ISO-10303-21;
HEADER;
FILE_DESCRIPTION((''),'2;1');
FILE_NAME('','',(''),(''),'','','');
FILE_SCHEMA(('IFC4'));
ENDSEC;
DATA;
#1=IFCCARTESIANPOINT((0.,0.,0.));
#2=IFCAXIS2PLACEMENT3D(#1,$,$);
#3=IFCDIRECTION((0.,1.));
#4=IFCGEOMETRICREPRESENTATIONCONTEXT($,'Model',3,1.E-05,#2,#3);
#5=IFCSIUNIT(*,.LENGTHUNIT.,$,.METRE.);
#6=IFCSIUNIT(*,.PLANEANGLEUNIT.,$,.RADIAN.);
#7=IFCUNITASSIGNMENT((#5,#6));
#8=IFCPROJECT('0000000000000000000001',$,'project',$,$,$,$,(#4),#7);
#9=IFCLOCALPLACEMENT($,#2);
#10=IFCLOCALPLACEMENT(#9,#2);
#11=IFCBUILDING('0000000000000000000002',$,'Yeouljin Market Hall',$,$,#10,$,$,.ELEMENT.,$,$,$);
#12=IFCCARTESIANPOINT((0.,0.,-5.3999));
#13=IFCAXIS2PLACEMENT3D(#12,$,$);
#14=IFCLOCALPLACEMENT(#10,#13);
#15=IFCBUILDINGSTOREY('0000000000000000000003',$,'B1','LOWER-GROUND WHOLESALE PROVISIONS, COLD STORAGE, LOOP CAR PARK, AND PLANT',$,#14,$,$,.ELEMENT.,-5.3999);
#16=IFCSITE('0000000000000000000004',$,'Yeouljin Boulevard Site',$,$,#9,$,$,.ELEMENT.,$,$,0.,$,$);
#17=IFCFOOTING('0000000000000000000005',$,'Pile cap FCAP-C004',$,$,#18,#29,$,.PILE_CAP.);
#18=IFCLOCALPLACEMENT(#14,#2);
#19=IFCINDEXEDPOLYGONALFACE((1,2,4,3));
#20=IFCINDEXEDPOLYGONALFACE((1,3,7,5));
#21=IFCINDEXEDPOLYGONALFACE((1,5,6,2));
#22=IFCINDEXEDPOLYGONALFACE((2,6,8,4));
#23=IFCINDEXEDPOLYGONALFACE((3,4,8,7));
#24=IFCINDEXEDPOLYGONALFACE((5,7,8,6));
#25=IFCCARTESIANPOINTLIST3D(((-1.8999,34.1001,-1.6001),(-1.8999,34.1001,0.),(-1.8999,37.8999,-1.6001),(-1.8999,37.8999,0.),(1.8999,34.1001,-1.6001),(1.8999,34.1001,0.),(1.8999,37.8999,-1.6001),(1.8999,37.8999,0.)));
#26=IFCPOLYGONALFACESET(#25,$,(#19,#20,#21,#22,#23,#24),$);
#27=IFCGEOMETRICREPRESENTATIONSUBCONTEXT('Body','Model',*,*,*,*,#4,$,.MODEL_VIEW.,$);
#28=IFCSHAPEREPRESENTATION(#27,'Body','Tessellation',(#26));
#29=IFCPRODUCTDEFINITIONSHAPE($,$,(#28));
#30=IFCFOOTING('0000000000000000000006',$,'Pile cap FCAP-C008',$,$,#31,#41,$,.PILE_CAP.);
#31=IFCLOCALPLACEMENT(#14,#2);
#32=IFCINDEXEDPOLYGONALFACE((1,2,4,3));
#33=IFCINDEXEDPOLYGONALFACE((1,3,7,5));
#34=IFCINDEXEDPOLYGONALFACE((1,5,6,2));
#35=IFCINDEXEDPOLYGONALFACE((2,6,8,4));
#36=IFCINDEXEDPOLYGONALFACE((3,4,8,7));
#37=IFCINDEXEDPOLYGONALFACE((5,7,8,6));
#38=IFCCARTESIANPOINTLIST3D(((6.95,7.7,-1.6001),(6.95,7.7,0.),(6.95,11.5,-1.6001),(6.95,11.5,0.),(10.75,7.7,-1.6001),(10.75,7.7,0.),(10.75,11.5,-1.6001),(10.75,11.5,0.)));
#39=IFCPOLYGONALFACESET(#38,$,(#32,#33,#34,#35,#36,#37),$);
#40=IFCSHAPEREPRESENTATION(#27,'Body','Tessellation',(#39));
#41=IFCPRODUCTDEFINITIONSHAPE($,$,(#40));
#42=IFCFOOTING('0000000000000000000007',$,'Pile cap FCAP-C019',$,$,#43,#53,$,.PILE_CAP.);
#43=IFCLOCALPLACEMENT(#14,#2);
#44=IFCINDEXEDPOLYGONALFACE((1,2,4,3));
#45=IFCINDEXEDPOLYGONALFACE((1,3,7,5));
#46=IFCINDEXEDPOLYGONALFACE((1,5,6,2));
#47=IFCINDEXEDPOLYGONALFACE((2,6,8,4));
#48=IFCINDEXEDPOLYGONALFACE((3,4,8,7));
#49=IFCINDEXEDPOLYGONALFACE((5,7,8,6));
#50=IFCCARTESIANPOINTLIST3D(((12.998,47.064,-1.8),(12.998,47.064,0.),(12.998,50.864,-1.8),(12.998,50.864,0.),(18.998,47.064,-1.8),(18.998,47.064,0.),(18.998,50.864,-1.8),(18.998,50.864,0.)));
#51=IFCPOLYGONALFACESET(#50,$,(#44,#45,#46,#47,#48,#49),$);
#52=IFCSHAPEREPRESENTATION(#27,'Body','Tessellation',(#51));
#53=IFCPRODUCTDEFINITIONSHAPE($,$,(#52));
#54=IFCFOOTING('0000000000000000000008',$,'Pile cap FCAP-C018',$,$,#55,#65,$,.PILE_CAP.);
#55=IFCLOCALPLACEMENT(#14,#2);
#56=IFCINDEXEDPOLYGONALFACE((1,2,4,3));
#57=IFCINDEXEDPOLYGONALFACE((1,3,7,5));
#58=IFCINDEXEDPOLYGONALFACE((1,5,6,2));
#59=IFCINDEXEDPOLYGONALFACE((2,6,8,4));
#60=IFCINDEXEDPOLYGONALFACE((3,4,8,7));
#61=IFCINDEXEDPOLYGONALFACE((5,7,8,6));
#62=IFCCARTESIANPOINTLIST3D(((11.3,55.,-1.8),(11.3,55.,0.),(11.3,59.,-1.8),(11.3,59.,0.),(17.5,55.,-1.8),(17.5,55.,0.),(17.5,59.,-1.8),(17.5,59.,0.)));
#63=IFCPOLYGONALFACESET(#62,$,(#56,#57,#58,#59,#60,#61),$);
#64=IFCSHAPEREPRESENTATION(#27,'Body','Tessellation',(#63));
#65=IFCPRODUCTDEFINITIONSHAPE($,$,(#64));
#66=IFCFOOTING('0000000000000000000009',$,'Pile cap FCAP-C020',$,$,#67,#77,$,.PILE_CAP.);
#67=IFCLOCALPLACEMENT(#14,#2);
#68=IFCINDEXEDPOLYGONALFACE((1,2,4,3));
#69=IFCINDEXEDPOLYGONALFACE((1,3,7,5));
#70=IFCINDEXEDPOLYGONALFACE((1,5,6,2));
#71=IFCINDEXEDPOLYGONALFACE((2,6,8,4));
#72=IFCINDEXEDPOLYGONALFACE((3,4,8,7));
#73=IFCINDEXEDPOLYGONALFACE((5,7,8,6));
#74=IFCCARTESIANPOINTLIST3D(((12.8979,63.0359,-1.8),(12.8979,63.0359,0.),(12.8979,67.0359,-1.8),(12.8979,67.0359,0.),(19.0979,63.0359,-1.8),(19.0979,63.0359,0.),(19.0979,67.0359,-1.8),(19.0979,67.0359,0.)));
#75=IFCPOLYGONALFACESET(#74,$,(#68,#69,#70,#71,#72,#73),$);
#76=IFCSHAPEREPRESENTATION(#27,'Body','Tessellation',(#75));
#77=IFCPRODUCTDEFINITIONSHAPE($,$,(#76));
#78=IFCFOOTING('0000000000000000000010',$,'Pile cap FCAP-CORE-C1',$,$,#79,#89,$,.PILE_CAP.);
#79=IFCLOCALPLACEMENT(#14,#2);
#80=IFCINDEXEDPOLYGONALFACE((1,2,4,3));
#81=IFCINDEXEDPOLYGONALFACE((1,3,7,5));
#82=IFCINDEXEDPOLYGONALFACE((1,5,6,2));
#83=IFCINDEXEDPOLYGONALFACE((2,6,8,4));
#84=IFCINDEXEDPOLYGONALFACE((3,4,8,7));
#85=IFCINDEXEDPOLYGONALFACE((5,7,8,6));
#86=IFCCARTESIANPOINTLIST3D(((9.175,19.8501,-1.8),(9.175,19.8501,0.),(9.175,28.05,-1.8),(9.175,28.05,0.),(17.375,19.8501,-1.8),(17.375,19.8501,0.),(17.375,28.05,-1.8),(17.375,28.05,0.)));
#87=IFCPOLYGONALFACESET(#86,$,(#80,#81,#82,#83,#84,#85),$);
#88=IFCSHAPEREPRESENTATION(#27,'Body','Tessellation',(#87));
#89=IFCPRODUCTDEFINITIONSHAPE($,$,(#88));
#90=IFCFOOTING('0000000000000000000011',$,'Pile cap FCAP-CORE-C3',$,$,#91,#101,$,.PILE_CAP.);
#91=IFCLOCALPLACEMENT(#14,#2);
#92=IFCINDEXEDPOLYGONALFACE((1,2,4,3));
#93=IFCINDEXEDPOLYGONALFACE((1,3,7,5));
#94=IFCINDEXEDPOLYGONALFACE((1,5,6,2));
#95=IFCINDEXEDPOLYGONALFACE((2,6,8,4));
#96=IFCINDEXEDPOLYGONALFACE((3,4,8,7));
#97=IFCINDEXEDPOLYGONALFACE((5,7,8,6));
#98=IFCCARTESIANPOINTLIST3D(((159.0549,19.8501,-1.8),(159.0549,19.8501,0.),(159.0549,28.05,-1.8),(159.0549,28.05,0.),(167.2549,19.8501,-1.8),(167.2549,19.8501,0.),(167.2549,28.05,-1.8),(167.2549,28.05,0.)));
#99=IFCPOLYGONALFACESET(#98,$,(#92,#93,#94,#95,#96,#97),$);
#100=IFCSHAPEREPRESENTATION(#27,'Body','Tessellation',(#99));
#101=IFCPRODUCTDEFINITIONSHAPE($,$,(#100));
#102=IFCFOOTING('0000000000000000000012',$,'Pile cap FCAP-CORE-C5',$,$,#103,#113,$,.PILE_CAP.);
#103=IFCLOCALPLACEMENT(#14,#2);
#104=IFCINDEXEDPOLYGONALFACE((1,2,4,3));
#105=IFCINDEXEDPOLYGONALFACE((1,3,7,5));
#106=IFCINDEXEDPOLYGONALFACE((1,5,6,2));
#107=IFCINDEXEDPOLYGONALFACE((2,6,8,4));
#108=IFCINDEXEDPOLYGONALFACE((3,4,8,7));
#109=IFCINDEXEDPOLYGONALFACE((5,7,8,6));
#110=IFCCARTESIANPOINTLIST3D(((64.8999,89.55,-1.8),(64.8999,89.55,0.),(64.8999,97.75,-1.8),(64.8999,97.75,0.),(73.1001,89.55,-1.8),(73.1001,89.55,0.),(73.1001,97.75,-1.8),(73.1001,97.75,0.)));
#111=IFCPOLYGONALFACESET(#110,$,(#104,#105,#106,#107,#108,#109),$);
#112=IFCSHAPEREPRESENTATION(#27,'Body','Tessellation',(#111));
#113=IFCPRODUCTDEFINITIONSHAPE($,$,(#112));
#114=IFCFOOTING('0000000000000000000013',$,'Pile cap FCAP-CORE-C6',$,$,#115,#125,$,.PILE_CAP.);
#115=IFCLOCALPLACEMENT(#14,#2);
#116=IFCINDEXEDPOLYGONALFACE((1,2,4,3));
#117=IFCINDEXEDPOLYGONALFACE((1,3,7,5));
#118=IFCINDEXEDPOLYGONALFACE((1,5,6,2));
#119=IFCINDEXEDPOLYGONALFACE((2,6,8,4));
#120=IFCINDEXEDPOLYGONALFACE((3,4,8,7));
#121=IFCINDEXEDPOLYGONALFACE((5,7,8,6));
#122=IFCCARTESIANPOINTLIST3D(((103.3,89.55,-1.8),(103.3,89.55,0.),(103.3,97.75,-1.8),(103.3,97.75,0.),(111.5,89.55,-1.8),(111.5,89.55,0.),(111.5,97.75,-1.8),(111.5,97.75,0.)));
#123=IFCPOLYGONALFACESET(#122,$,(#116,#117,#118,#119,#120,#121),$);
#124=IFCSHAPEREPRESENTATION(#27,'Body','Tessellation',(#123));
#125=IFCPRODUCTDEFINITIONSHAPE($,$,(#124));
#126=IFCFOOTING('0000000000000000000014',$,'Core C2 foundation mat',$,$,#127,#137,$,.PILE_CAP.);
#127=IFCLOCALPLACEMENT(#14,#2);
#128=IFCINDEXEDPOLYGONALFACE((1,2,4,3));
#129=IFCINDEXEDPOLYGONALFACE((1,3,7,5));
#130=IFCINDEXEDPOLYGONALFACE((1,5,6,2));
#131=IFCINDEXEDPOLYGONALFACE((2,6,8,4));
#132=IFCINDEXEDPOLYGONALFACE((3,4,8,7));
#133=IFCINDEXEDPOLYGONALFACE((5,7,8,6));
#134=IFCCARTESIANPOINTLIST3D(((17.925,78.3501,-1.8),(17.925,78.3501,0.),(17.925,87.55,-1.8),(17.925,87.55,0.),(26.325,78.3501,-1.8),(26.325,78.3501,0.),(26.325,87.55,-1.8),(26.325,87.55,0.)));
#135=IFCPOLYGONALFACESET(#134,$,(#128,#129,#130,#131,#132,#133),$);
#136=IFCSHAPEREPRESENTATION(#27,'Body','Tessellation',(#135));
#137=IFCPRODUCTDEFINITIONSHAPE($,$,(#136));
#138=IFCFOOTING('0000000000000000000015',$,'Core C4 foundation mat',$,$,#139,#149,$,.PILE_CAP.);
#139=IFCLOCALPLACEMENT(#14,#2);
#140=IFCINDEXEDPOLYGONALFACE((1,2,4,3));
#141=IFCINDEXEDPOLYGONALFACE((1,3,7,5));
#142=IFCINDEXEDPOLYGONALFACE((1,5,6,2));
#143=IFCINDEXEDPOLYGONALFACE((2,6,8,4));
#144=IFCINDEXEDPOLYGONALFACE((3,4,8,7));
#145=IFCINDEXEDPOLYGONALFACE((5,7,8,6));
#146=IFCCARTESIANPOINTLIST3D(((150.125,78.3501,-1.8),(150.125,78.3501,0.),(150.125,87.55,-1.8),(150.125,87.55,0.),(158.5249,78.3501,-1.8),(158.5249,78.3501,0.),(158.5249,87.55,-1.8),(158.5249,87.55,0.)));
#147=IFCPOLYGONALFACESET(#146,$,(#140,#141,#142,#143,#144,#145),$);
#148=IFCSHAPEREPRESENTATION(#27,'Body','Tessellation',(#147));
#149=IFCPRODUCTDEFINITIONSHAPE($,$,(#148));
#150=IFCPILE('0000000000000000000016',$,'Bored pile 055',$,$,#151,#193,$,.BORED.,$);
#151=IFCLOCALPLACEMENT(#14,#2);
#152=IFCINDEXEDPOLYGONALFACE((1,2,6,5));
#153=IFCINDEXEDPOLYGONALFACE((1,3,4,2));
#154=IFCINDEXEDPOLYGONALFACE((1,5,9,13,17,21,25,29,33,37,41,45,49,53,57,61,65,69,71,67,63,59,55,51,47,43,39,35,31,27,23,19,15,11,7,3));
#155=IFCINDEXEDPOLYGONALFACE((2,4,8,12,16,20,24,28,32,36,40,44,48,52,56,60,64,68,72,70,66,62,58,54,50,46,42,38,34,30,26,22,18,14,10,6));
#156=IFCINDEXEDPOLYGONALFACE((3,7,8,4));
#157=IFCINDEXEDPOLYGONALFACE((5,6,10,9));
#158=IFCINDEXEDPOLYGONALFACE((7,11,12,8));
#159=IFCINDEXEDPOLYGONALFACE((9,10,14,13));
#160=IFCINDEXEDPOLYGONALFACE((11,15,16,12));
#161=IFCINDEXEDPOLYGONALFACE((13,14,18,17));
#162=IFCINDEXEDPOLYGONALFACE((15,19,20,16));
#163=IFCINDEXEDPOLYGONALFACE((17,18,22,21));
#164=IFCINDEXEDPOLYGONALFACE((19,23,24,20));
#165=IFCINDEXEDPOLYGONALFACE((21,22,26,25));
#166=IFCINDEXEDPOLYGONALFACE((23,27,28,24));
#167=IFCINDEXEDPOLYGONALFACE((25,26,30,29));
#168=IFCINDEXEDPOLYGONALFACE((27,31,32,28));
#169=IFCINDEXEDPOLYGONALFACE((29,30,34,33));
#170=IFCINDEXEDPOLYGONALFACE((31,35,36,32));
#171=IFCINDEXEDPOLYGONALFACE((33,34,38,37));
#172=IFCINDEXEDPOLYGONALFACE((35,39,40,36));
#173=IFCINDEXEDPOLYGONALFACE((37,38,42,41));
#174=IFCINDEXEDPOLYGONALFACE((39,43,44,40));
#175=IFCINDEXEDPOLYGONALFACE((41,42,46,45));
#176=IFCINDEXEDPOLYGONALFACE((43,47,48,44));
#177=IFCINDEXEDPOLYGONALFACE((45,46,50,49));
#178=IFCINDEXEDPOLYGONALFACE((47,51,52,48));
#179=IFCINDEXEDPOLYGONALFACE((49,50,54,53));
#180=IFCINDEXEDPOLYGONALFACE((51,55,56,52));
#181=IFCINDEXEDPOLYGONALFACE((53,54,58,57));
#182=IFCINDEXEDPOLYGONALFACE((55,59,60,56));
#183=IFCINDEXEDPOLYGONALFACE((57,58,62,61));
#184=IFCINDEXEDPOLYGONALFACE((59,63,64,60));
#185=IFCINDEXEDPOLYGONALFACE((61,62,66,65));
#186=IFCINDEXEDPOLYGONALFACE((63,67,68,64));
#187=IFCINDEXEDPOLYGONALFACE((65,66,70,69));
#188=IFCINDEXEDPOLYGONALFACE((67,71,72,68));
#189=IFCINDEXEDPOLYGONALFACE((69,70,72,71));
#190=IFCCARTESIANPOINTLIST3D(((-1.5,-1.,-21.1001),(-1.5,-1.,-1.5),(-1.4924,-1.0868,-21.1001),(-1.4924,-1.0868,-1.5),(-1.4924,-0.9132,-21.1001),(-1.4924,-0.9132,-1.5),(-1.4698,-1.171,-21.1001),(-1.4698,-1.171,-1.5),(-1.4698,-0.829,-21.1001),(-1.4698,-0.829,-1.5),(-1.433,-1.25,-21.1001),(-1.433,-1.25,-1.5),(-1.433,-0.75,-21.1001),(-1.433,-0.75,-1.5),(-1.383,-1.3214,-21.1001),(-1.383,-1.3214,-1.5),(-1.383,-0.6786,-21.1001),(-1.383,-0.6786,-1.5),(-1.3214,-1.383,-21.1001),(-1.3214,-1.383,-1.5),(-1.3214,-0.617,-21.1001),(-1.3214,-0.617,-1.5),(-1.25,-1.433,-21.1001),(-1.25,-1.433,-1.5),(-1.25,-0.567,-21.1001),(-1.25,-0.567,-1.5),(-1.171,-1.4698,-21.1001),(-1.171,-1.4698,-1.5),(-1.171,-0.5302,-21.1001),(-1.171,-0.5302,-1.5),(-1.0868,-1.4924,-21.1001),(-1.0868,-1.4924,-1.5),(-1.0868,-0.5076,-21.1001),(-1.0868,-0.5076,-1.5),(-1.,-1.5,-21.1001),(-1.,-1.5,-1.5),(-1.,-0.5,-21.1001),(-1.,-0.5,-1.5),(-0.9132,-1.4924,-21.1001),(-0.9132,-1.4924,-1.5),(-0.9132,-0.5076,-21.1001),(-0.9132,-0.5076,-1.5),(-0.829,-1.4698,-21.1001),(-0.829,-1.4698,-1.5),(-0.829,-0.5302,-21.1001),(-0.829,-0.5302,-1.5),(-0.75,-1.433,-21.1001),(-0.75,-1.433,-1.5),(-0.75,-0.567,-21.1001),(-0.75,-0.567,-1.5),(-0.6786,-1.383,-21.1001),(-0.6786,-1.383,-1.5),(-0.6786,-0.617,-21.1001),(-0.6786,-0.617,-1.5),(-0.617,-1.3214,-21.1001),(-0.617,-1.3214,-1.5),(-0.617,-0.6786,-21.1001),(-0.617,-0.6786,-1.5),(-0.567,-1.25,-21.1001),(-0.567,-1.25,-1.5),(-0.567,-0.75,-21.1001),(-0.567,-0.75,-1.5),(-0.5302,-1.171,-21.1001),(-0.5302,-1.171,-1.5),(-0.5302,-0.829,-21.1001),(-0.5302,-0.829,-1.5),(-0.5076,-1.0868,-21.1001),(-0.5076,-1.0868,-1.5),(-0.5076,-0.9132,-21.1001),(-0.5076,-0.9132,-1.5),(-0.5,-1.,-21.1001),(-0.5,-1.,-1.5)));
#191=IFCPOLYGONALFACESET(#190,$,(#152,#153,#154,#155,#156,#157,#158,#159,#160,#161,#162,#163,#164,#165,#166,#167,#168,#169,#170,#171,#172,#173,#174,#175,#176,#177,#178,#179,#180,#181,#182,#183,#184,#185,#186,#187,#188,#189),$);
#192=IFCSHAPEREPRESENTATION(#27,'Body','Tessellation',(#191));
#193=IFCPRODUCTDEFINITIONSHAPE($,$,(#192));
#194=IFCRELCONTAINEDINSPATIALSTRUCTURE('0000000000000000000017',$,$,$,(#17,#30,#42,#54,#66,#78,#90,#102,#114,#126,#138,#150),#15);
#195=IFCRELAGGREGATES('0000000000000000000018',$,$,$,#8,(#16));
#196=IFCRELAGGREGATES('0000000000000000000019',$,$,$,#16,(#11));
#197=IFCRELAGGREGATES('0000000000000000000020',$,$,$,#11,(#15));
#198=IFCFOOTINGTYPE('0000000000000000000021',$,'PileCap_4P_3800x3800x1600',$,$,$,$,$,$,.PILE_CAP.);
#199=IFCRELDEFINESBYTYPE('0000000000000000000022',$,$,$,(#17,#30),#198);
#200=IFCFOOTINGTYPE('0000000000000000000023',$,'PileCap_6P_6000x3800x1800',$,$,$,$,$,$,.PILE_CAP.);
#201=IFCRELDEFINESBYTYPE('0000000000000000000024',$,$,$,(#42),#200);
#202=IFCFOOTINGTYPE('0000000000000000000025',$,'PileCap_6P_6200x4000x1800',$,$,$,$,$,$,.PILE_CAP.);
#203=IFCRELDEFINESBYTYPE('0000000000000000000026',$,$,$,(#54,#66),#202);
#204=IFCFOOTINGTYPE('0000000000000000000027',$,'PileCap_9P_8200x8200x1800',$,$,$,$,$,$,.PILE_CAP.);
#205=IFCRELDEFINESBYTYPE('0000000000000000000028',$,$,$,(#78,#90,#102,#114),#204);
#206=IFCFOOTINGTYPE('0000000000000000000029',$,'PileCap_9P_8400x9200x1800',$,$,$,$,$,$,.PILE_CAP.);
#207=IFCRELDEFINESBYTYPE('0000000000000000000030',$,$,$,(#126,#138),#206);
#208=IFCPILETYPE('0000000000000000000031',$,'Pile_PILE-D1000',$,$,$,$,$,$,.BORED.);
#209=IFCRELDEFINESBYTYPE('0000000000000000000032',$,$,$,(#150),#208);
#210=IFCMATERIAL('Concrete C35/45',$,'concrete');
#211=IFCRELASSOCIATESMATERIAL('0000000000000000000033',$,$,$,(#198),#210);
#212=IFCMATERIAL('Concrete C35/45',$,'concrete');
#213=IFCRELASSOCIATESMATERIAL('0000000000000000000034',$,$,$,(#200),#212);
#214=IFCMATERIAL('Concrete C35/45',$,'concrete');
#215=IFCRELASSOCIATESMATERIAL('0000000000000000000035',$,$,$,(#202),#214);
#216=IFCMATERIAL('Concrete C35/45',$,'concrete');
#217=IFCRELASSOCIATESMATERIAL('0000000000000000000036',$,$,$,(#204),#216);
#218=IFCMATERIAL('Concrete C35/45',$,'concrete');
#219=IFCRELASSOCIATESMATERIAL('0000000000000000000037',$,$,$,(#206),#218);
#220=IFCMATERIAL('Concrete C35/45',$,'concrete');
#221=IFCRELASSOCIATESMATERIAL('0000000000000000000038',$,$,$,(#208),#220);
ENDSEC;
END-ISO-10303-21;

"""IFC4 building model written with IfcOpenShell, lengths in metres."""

from ifc_helpers import new_model, si_unit, direction, frame, origin, origin_2d, place, context, subcontext, project, spatial, polyline, circle, outline, extrude, material, material_profile, profile_set, type_object, element, save


model = new_model("IFC4")

# Units and contexts
model_context = context("Model", 3, precision=1e-05, world=origin(), true_north=direction((0.0, 1.0)))
body_context = subcontext(model_context, "Body", "Model", "MODEL_VIEW")
ifc_project = project(units=[si_unit("LENGTHUNIT", "METRE"), si_unit("PLANEANGLEUNIT", "RADIAN")], contexts=[model_context])

# Site, building, storey
site_placement = place(None, origin())
site = spatial("IfcSite", under=ifc_project, at=site_placement, Name="Yeouljin Boulevard Site", CompositionType="ELEMENT", RefElevation=0.0)
building_placement = place(site_placement, origin())
building = spatial("IfcBuilding", under=site, at=building_placement, Name="Yeouljin Market Hall", CompositionType="ELEMENT")
storey_placement = place(building_placement, frame((0.0, 0.0, -5.3999)))
storey = spatial("IfcBuildingStorey", under=building, at=storey_placement, Name="B1", Description="LOWER-GROUND WHOLESALE PROVISIONS, COLD STORAGE, LOOP CAR PARK, AND PLANT", CompositionType="ELEMENT", Elevation=-5.3999)

# Footings
ifc_material_1 = material(Name="Concrete C35/45", Category="concrete")
footing_type_1 = type_object("IfcFootingType", Name="PileCap_4P_3800x3800x1600", PredefinedType="PILE_CAP", material=ifc_material_1)
footing_1_placement = place(storey_placement, frame((0.0, 0.0, -1.6001)))
element("IfcFooting", 1, at=footing_1_placement, inside=storey, type_object=footing_type_1, Name="Pile cap FCAP-C004", PredefinedType="PILE_CAP", context=body_context, shape_type="SweptSolid", body=[
    extrude(outline(polyline([(-1.8999, 34.1001), (1.8999, 34.1001), (1.8999, 37.8999), (-1.8999, 37.8999), (-1.8999, 34.1001)])), origin(), (0.0, 0.0, 1.0), 1.6001),
])
footing_2_placement = place(storey_placement, frame((0.0, 0.0, -1.6001)))
element("IfcFooting", 2, at=footing_2_placement, inside=storey, type_object=footing_type_1, Name="Pile cap FCAP-C008", PredefinedType="PILE_CAP", context=body_context, shape_type="SweptSolid", body=[
    extrude(outline(polyline([(6.95, 7.7), (10.75, 7.7), (10.75, 11.5), (6.95, 11.5), (6.95, 7.7)])), origin(), (0.0, 0.0, 1.0), 1.6001),
])
ifc_material_2 = material(Name="Concrete C35/45", Category="concrete")
footing_type_2 = type_object("IfcFootingType", Name="PileCap_6P_6000x3800x1800", PredefinedType="PILE_CAP", material=ifc_material_2)
footing_3_placement = place(storey_placement, frame((0.0, 0.0, -1.8)))
element("IfcFooting", 3, at=footing_3_placement, inside=storey, type_object=footing_type_2, Name="Pile cap FCAP-C019", PredefinedType="PILE_CAP", context=body_context, shape_type="SweptSolid", body=[
    extrude(outline(polyline([(12.998, 47.064), (18.998, 47.064), (18.998, 50.864), (12.998, 50.864), (12.998, 47.064)])), origin(), (0.0, 0.0, 1.0), 1.8),
])
ifc_material_3 = material(Name="Concrete C35/45", Category="concrete")
footing_type_3 = type_object("IfcFootingType", Name="PileCap_6P_6200x4000x1800", PredefinedType="PILE_CAP", material=ifc_material_3)
footing_4_placement = place(storey_placement, frame((0.0, 0.0, -1.8)))
element("IfcFooting", 4, at=footing_4_placement, inside=storey, type_object=footing_type_3, Name="Pile cap FCAP-C018", PredefinedType="PILE_CAP", context=body_context, shape_type="SweptSolid", body=[
    extrude(outline(polyline([(11.3, 55.0), (17.5, 55.0), (17.5, 59.0), (11.3, 59.0), (11.3, 55.0)])), origin(), (0.0, 0.0, 1.0), 1.8),
])
footing_5_placement = place(storey_placement, frame((0.0, 0.0, -1.8)))
element("IfcFooting", 5, at=footing_5_placement, inside=storey, type_object=footing_type_3, Name="Pile cap FCAP-C020", PredefinedType="PILE_CAP", context=body_context, shape_type="SweptSolid", body=[
    extrude(outline(polyline([(12.8979, 63.0359), (19.0979, 63.0359), (19.0979, 67.0359), (12.8979, 67.0359), (12.8979, 63.0359)])), origin(), (0.0, 0.0, 1.0), 1.8),
])
ifc_material_4 = material(Name="Concrete C35/45", Category="concrete")
footing_type_4 = type_object("IfcFootingType", Name="PileCap_9P_8200x8200x1800", PredefinedType="PILE_CAP", material=ifc_material_4)
footing_6_placement = place(storey_placement, frame((0.0, 0.0, -1.8)))
element("IfcFooting", 6, at=footing_6_placement, inside=storey, type_object=footing_type_4, Name="Pile cap FCAP-CORE-C1", PredefinedType="PILE_CAP", context=body_context, shape_type="SweptSolid", body=[
    extrude(outline(polyline([(9.175, 19.8501), (17.375, 19.8501), (17.375, 28.05), (9.175, 28.05), (9.175, 19.8501)])), origin(), (0.0, 0.0, 1.0), 1.8),
])
footing_7_placement = place(storey_placement, frame((0.0, 0.0, -1.8)))
element("IfcFooting", 7, at=footing_7_placement, inside=storey, type_object=footing_type_4, Name="Pile cap FCAP-CORE-C3", PredefinedType="PILE_CAP", context=body_context, shape_type="SweptSolid", body=[
    extrude(outline(polyline([(159.0549, 19.8501), (167.2549, 19.8501), (167.2549, 28.05), (159.0549, 28.05), (159.0549, 19.8501)])), origin(), (0.0, 0.0, 1.0), 1.8),
])
footing_8_placement = place(storey_placement, frame((0.0, 0.0, -1.8)))
element("IfcFooting", 8, at=footing_8_placement, inside=storey, type_object=footing_type_4, Name="Pile cap FCAP-CORE-C5", PredefinedType="PILE_CAP", context=body_context, shape_type="SweptSolid", body=[
    extrude(outline(polyline([(64.8999, 89.55), (73.1001, 89.55), (73.1001, 97.75), (64.8999, 97.75), (64.8999, 89.55)])), origin(), (0.0, 0.0, 1.0), 1.8),
])
footing_9_placement = place(storey_placement, frame((0.0, 0.0, -1.8)))
element("IfcFooting", 9, at=footing_9_placement, inside=storey, type_object=footing_type_4, Name="Pile cap FCAP-CORE-C6", PredefinedType="PILE_CAP", context=body_context, shape_type="SweptSolid", body=[
    extrude(outline(polyline([(103.3, 89.55), (111.5, 89.55), (111.5, 97.75), (103.3, 97.75), (103.3, 89.55)])), origin(), (0.0, 0.0, 1.0), 1.8),
])
ifc_material_5 = material(Name="Concrete C35/45", Category="concrete")
footing_type_5 = type_object("IfcFootingType", Name="PileCap_9P_8400x9200x1800", PredefinedType="PILE_CAP", material=ifc_material_5)
footing_10_placement = place(storey_placement, frame((0.0, 0.0, -1.8)))
element("IfcFooting", 10, at=footing_10_placement, inside=storey, type_object=footing_type_5, Name="Core C2 foundation mat", PredefinedType="PILE_CAP", context=body_context, shape_type="SweptSolid", body=[
    extrude(outline(polyline([(17.925, 78.3501), (26.325, 78.3501), (26.325, 87.55), (17.925, 87.55), (17.925, 78.3501)])), origin(), (0.0, 0.0, 1.0), 1.8),
])
footing_11_placement = place(storey_placement, frame((0.0, 0.0, -1.8)))
element("IfcFooting", 11, at=footing_11_placement, inside=storey, type_object=footing_type_5, Name="Core C4 foundation mat", PredefinedType="PILE_CAP", context=body_context, shape_type="SweptSolid", body=[
    extrude(outline(polyline([(150.125, 78.3501), (158.5249, 78.3501), (158.5249, 87.55), (150.125, 87.55), (150.125, 78.3501)])), origin(), (0.0, 0.0, 1.0), 1.8),
])

# Pile
ifc_material_6 = material(Name="Concrete C35/45", Category="concrete")
ifc_material_profile = material_profile(ifc_material_6, circle(Radius=0.5, at=origin_2d()), Name="PILE-D1000")
ifc_profile_set = profile_set([ifc_material_profile], Name="Concrete C35/45")
pile_type = type_object("IfcPileType", Name="Pile_PILE-D1000", PredefinedType="BORED", material=ifc_profile_set)
pile_placement = place(storey_placement, frame((-1.0, -1.0, -1.5), z_axis=(0.0, 0.0, -1.0), x_axis=(1.0, 0.0, 0.0)))
element("IfcPile", 12, at=pile_placement, inside=storey, type_object=pile_type, Name="Bored pile 055", PredefinedType="BORED", context=body_context, shape_type="SweptSolid", body=[
    extrude(circle(Radius=0.5, at=origin_2d()), origin(), (0.0, 0.0, 1.0), 19.6001),
])

save(model, "model.ifc")
